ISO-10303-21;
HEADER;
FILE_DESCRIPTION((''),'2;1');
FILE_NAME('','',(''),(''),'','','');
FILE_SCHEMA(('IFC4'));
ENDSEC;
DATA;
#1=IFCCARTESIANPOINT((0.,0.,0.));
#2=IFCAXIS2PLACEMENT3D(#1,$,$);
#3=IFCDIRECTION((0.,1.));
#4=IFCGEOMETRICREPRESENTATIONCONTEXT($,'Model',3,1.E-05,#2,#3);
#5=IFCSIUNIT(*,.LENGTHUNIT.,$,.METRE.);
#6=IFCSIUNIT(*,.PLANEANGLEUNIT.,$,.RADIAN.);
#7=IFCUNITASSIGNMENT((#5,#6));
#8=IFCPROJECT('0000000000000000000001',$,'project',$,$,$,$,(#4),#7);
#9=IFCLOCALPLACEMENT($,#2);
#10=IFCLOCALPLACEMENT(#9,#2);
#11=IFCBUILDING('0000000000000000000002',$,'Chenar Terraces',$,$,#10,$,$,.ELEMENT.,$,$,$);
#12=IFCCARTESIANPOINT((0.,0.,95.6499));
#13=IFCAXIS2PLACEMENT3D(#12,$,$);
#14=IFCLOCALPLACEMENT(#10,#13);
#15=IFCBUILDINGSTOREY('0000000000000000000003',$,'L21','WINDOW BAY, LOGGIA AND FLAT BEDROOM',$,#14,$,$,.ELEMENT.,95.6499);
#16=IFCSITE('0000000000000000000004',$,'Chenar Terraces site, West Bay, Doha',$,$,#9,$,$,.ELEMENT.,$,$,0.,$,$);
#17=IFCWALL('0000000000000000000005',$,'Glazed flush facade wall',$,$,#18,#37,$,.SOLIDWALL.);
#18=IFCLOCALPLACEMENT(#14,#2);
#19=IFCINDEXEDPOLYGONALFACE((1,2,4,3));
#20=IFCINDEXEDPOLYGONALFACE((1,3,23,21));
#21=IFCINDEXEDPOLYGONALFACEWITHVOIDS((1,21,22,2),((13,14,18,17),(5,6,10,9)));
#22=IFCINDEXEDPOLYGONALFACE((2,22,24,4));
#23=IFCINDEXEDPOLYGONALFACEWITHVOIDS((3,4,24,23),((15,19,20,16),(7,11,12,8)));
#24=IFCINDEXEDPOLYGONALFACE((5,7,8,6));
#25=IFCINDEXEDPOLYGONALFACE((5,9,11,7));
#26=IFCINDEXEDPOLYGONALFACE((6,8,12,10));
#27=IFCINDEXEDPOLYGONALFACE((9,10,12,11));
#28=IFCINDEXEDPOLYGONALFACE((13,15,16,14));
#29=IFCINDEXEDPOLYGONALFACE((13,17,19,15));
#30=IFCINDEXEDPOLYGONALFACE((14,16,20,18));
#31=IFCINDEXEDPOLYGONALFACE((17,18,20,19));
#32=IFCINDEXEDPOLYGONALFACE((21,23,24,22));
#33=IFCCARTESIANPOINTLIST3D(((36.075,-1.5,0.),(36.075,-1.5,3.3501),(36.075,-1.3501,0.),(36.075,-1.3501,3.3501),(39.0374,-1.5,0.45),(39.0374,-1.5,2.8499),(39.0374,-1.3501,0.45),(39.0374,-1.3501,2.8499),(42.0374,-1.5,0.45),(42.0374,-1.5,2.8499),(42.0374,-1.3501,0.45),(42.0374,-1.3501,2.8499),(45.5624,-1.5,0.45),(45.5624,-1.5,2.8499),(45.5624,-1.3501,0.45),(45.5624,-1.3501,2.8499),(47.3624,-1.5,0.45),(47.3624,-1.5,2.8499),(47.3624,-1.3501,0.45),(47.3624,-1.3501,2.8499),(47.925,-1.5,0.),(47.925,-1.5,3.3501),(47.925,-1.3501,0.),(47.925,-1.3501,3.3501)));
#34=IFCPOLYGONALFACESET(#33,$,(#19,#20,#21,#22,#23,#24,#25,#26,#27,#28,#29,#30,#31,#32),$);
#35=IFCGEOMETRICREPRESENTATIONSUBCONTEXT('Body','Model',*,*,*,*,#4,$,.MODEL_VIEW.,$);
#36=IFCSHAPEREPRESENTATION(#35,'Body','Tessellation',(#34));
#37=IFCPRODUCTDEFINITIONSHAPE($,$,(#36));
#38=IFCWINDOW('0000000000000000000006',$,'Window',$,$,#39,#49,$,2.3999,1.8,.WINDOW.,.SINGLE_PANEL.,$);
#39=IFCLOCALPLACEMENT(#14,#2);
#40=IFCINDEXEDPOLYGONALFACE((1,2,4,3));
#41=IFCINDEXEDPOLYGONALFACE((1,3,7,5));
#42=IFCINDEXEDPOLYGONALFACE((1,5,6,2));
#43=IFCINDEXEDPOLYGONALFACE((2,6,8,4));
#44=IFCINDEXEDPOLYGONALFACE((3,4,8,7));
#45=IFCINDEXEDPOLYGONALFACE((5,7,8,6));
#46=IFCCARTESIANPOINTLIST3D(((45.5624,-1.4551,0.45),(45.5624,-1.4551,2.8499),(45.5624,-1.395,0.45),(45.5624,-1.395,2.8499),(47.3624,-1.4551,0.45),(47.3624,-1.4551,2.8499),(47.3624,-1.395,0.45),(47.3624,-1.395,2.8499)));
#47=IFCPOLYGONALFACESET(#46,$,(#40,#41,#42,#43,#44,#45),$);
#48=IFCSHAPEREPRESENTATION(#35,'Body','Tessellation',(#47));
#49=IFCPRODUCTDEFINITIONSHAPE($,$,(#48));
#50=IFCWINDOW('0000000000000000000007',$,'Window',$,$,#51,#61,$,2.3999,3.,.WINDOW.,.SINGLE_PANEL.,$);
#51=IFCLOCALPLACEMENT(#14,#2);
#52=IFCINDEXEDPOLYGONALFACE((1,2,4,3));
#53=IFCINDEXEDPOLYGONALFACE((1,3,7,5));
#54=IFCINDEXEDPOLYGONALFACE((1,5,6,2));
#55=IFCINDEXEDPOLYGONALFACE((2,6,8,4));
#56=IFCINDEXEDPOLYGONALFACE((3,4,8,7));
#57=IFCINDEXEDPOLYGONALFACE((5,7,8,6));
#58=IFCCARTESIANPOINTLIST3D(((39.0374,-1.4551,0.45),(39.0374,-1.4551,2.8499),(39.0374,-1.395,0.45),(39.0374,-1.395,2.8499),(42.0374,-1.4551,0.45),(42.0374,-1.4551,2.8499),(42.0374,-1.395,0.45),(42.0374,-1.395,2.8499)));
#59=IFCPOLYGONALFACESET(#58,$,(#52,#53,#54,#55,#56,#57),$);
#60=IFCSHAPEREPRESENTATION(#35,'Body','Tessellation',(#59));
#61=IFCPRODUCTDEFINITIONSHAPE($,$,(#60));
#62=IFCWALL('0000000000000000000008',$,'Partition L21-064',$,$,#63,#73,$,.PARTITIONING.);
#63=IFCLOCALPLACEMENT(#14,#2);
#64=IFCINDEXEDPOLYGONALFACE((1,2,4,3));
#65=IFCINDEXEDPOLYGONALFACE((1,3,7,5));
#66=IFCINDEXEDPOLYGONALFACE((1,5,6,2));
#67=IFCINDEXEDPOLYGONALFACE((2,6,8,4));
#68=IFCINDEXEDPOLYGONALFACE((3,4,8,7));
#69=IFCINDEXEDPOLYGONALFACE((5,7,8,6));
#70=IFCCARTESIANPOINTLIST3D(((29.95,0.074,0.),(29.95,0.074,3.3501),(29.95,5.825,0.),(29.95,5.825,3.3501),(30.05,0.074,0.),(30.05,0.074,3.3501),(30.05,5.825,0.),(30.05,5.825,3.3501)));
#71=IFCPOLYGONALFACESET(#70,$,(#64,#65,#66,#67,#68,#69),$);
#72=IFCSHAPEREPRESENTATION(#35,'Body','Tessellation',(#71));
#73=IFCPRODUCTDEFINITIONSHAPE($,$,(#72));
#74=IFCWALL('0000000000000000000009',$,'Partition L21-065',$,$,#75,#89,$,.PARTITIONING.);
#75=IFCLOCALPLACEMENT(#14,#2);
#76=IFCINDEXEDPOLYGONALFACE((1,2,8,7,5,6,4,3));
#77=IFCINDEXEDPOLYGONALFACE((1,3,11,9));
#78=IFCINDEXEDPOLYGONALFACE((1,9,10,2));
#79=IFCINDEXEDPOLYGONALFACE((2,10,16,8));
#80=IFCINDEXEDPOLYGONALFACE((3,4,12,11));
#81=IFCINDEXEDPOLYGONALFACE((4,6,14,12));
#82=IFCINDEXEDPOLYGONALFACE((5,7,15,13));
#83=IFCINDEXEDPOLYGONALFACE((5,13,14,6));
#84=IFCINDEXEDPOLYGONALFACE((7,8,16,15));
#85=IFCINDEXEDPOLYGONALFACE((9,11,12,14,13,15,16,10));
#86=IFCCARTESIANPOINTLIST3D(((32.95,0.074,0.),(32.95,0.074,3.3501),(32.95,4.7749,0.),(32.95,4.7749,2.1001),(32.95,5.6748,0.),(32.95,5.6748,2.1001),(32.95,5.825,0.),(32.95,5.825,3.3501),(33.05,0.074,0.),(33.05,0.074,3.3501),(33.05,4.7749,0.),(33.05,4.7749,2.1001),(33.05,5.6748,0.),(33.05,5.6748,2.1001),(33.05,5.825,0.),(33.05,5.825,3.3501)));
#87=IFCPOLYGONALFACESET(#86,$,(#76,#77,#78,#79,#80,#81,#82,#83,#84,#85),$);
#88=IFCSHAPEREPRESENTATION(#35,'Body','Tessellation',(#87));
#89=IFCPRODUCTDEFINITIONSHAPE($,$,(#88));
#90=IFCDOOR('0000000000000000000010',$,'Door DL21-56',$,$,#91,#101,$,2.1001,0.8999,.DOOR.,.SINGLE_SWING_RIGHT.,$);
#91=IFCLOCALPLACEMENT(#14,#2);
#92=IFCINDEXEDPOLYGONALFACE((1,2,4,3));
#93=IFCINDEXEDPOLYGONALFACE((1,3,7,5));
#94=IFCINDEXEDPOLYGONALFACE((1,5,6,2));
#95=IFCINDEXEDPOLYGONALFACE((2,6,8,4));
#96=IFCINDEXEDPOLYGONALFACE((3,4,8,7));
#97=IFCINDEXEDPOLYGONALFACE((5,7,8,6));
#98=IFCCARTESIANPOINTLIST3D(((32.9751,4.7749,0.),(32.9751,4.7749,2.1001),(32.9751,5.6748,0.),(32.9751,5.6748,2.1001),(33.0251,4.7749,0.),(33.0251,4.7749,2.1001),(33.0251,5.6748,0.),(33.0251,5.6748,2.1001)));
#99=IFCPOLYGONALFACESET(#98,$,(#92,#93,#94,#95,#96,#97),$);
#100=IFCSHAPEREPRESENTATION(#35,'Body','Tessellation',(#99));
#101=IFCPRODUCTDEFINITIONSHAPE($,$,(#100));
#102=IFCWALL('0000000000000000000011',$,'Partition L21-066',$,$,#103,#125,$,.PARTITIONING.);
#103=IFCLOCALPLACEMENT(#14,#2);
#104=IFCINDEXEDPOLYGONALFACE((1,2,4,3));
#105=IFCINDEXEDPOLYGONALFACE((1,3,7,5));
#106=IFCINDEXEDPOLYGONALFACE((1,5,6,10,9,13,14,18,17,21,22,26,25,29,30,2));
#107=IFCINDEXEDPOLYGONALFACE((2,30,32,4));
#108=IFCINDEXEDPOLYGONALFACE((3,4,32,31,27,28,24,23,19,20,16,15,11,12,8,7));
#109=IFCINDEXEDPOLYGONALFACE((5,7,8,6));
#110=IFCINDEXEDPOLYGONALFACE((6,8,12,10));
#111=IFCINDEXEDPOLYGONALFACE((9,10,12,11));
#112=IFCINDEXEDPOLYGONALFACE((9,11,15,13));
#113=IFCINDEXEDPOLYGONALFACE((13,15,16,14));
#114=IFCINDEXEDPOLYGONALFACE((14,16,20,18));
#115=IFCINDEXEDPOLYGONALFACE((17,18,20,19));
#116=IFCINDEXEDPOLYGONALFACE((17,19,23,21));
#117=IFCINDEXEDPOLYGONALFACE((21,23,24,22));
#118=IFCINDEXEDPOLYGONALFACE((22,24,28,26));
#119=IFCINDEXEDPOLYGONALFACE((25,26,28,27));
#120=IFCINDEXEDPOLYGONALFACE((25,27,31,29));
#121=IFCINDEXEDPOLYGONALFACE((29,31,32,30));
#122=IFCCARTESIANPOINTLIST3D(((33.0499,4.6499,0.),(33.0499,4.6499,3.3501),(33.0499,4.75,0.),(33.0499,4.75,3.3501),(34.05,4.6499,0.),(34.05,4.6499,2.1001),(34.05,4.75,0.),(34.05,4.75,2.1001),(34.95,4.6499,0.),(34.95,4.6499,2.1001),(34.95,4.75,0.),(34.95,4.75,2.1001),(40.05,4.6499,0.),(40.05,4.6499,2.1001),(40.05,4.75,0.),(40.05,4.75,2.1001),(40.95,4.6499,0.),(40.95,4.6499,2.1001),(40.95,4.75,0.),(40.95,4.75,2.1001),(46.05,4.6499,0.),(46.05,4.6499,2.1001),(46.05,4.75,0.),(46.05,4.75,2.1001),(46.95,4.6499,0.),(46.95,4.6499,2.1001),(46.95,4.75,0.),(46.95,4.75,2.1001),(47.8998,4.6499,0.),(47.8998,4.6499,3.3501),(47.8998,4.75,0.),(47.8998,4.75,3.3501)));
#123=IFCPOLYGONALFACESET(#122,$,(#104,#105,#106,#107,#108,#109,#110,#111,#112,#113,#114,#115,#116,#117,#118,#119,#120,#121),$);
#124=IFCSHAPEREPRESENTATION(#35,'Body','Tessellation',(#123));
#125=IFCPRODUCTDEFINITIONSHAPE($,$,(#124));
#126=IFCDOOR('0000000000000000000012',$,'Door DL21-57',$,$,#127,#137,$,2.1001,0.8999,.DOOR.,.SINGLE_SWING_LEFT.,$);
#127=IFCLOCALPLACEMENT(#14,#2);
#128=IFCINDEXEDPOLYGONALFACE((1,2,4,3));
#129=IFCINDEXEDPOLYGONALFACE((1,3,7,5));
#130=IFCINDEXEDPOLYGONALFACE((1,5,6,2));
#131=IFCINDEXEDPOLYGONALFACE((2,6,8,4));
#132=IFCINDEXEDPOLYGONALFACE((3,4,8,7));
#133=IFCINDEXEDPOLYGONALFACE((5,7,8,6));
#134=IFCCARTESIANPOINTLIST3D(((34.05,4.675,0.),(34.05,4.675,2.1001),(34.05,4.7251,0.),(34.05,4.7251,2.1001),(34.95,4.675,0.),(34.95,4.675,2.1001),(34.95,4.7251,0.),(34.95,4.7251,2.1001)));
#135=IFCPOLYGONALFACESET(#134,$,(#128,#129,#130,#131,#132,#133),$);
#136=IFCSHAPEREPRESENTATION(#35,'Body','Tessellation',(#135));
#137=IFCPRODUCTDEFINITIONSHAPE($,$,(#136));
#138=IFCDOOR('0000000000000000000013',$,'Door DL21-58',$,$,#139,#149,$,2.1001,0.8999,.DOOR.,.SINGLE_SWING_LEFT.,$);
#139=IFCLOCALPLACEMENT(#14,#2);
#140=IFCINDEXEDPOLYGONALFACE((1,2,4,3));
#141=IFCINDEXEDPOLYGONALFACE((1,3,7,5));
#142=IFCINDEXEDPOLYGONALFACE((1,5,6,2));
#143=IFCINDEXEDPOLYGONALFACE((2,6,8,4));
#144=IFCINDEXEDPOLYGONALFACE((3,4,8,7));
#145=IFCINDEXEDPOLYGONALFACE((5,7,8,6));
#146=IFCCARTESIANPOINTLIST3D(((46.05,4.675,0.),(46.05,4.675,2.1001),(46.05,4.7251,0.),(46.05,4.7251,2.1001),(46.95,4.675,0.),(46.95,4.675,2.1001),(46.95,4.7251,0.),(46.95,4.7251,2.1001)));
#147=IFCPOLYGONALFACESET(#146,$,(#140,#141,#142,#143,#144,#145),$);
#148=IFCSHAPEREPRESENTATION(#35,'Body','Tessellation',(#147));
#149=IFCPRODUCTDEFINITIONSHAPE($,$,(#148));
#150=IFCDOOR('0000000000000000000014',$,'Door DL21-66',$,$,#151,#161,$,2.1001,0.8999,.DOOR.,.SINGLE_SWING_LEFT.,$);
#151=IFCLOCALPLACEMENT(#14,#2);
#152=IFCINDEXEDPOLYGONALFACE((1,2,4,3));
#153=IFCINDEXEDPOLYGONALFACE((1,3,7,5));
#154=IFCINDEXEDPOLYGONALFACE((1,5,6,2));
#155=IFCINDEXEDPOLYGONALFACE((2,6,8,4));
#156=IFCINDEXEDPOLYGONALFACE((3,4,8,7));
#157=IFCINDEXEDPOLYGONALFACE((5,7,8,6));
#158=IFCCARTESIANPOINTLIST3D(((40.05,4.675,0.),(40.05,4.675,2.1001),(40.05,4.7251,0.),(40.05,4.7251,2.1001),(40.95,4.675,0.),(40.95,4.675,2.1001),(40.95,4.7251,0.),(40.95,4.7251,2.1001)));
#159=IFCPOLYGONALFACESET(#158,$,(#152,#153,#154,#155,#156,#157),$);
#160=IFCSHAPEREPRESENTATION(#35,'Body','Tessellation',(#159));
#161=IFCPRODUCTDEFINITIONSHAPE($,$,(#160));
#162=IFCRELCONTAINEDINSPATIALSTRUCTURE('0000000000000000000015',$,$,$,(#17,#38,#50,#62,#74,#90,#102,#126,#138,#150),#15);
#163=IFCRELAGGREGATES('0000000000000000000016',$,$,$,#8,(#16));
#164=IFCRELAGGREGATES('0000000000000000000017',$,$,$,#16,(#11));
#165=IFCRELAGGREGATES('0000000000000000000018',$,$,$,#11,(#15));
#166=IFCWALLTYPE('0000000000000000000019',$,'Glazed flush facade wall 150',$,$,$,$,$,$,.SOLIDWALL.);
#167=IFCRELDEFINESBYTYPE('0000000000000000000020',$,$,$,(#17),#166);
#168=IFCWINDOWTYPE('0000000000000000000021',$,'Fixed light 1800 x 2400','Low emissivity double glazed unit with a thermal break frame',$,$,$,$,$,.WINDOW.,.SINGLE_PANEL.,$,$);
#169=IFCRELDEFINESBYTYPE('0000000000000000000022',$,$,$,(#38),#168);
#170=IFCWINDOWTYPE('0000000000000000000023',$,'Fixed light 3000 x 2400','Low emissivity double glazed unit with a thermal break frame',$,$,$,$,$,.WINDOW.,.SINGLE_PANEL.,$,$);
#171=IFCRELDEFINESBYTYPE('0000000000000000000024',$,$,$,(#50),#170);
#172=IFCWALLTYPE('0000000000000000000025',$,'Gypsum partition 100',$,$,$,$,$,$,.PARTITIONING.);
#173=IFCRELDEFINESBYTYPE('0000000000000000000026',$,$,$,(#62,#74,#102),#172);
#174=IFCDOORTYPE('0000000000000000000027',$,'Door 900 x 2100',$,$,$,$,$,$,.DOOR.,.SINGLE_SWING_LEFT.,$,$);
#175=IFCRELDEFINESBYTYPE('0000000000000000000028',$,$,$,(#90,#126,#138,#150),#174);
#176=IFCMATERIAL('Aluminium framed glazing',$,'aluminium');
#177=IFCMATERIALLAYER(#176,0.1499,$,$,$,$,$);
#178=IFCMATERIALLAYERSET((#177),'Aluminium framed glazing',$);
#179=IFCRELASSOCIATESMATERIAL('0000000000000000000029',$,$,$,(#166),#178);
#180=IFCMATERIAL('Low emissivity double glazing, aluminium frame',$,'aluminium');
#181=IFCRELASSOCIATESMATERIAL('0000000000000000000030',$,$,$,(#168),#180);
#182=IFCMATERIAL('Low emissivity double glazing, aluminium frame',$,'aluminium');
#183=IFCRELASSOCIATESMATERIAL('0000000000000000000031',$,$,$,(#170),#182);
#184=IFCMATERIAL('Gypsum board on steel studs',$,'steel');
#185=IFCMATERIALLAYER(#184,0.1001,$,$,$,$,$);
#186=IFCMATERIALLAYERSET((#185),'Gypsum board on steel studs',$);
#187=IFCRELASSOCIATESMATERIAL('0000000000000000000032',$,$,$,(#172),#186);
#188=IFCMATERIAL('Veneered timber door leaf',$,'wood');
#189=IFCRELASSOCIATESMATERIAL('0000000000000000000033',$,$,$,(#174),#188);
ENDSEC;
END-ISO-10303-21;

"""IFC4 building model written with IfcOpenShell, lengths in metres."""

from ifc_helpers import new_model, si_unit, direction, frame, frame_2d, origin, place, context, subcontext, project, spatial, rectangle, extrude, material, layer, layer_set, type_object, element, fill, save


model = new_model("IFC4")

# Units and contexts
model_context = context("Model", 3, precision=1e-05, world=origin(), true_north=direction((0.0, 1.0)))
body_context = subcontext(model_context, "Body", "Model", "MODEL_VIEW")
ifc_project = project(units=[si_unit("LENGTHUNIT", "METRE"), si_unit("PLANEANGLEUNIT", "RADIAN")], contexts=[model_context])

# Site, building, storey
site_placement = place(None, origin())
site = spatial("IfcSite", under=ifc_project, at=site_placement, Name="Chenar Terraces site, West Bay, Doha", CompositionType="ELEMENT", RefElevation=0.0)
building_placement = place(site_placement, origin())
building = spatial("IfcBuilding", under=site, at=building_placement, Name="Chenar Terraces", CompositionType="ELEMENT")
storey_placement = place(building_placement, frame((0.0, 0.0, 95.6499)))
storey = spatial("IfcBuildingStorey", under=building, at=storey_placement, Name="L21", Description="WINDOW BAY, LOGGIA AND FLAT BEDROOM", CompositionType="ELEMENT", Elevation=95.6499)

# Wall, openings, windows
ifc_material_1 = material(Name="Aluminium framed glazing", Category="aluminium")
ifc_layer_1 = layer(ifc_material_1, 0.1499)
ifc_layer_set_1 = layer_set([ifc_layer_1], Name="Aluminium framed glazing")
wall_type_1 = type_object("IfcWallType", Name="Glazed flush facade wall 150", PredefinedType="SOLIDWALL", material=ifc_layer_set_1)
wall_1_placement = place(storey_placement, frame((36.075, -1.425, 0.0), z_axis=(0.0, 0.0, 1.0), x_axis=(1.0, 0.0, 0.0)))
wall_1 = element("IfcWall", 1, at=wall_1_placement, inside=storey, type_object=wall_type_1, Name="Glazed flush facade wall", PredefinedType="SOLIDWALL", context=body_context, shape_type="SweptSolid", body=[
    extrude(rectangle(XDim=11.8501, YDim=0.1499, at=frame_2d((5.925, 0.0))), origin(), (0.0, 0.0, 1.0), 3.3501),
])
opening_1_placement = place(wall_1_placement, frame((2.9624, 0.0, 0.45)))
opening_1 = element("IfcOpeningElement", 2, at=opening_1_placement, cuts=wall_1, PredefinedType="OPENING", context=body_context, shape_type="SweptSolid", body=[
    extrude(rectangle(XDim=3.0, YDim=2.3999, at=frame_2d((1.5, 1.2))), frame((0.0, 0.085, 0.0), z_axis=(0.0, -1.0, 0.0), x_axis=(1.0, 0.0, 0.0)), (0.0, 0.0, 1.0), 0.1699),
])
opening_2_placement = place(wall_1_placement, frame((9.4875, 0.0, 0.45)))
opening_2 = element("IfcOpeningElement", 3, at=opening_2_placement, cuts=wall_1, PredefinedType="OPENING", context=body_context, shape_type="SweptSolid", body=[
    extrude(rectangle(XDim=1.8, YDim=2.3999, at=frame_2d((0.8999, 1.2))), frame((0.0, 0.085, 0.0), z_axis=(0.0, -1.0, 0.0), x_axis=(1.0, 0.0, 0.0)), (0.0, 0.0, 1.0), 0.1699),
])
ifc_material_2 = material(Name="Low emissivity double glazing, aluminium frame", Category="aluminium")
window_type_1 = type_object("IfcWindowType", Name="Fixed light 1800 x 2400", Description="Low emissivity double glazed unit with a thermal break frame", PartitioningType="SINGLE_PANEL", PredefinedType="WINDOW", material=ifc_material_2)
window_1_placement = place(opening_2_placement, origin())
window_1 = element("IfcWindow", 4, at=window_1_placement, inside=storey, type_object=window_type_1, Name="Window", OverallHeight=2.3999, OverallWidth=1.8, PartitioningType="SINGLE_PANEL", PredefinedType="WINDOW", context=body_context, shape_type="SweptSolid", body=[
    extrude(rectangle(XDim=1.8, YDim=2.3999, at=frame_2d((0.8999, 1.2))), frame((0.0, 0.03, 0.0), z_axis=(0.0, -1.0, 0.0), x_axis=(1.0, 0.0, 0.0)), (0.0, 0.0, 1.0), 0.0601),
])
fill(opening_2, window_1)
ifc_material_3 = material(Name="Low emissivity double glazing, aluminium frame", Category="aluminium")
window_type_2 = type_object("IfcWindowType", Name="Fixed light 3000 x 2400", Description="Low emissivity double glazed unit with a thermal break frame", PartitioningType="SINGLE_PANEL", PredefinedType="WINDOW", material=ifc_material_3)
window_2_placement = place(opening_1_placement, origin())
window_2 = element("IfcWindow", 5, at=window_2_placement, inside=storey, type_object=window_type_2, Name="Window", OverallHeight=2.3999, OverallWidth=3.0, PartitioningType="SINGLE_PANEL", PredefinedType="WINDOW", context=body_context, shape_type="SweptSolid", body=[
    extrude(rectangle(XDim=3.0, YDim=2.3999, at=frame_2d((1.5, 1.2))), frame((0.0, 0.03, 0.0), z_axis=(0.0, -1.0, 0.0), x_axis=(1.0, 0.0, 0.0)), (0.0, 0.0, 1.0), 0.0601),
])
fill(opening_1, window_2)

# Wall
ifc_material_4 = material(Name="Gypsum board on steel studs", Category="steel")
ifc_layer_2 = layer(ifc_material_4, 0.1001)
ifc_layer_set_2 = layer_set([ifc_layer_2], Name="Gypsum board on steel studs")
wall_type_2 = type_object("IfcWallType", Name="Gypsum partition 100", PredefinedType="PARTITIONING", material=ifc_layer_set_2)
wall_2_placement = place(storey_placement, frame((30.0, 0.074, 0.0), z_axis=(0.0, 0.0, 1.0), x_axis=(0.0, 1.0, 0.0)))
element("IfcWall", 6, at=wall_2_placement, inside=storey, type_object=wall_type_2, Name="Partition L21-064", PredefinedType="PARTITIONING", context=body_context, shape_type="SweptSolid", body=[
    extrude(rectangle(XDim=5.751, YDim=0.1001, at=frame_2d((2.8755, 0.0))), origin(), (0.0, 0.0, 1.0), 3.3501),
])

# Wall, opening, door
wall_3_placement = place(storey_placement, frame((33.0, 0.074, 0.0), z_axis=(0.0, 0.0, 1.0), x_axis=(0.0, 1.0, 0.0)))
wall_3 = element("IfcWall", 7, at=wall_3_placement, inside=storey, type_object=wall_type_2, Name="Partition L21-065", PredefinedType="PARTITIONING", context=body_context, shape_type="SweptSolid", body=[
    extrude(rectangle(XDim=5.751, YDim=0.1001, at=frame_2d((2.8755, 0.0))), origin(), (0.0, 0.0, 1.0), 3.3501),
])
opening_3_placement = place(wall_3_placement, frame((4.7009, 0.0, 0.0)))
opening_3 = element("IfcOpeningElement", 8, at=opening_3_placement, cuts=wall_3, PredefinedType="OPENING", context=body_context, shape_type="SweptSolid", body=[
    extrude(rectangle(XDim=0.8999, YDim=2.1001, at=frame_2d((0.45, 1.05))), frame((0.0, 0.0601, 0.0), z_axis=(0.0, -1.0, 0.0), x_axis=(1.0, 0.0, 0.0)), (0.0, 0.0, 1.0), 0.1201),
])
ifc_material_5 = material(Name="Veneered timber door leaf", Category="wood")
door_type_1 = type_object("IfcDoorType", Name="Door 900 x 2100", OperationType="SINGLE_SWING_LEFT", PredefinedType="DOOR", material=ifc_material_5)
door_1_placement = place(opening_3_placement, origin())
door_1 = element("IfcDoor", 9, at=door_1_placement, inside=storey, type_object=door_type_1, Name="Door DL21-56", OperationType="SINGLE_SWING_RIGHT", OverallHeight=2.1001, OverallWidth=0.8999, PredefinedType="DOOR", context=body_context, shape_type="SweptSolid", body=[
    extrude(rectangle(XDim=0.8999, YDim=2.1001, at=frame_2d((0.45, 1.05))), frame((0.0, 0.0249, 0.0), z_axis=(0.0, -1.0, 0.0), x_axis=(1.0, 0.0, 0.0)), (0.0, 0.0, 1.0), 0.05),
])
fill(opening_3, door_1)

# Wall, openings, doors
wall_4_placement = place(storey_placement, frame((33.05, 4.7, 0.0), z_axis=(0.0, 0.0, 1.0), x_axis=(1.0, 0.0, 0.0)))
wall_4 = element("IfcWall", 10, at=wall_4_placement, inside=storey, type_object=wall_type_2, Name="Partition L21-066", PredefinedType="PARTITIONING", context=body_context, shape_type="SweptSolid", body=[
    extrude(rectangle(XDim=14.8499, YDim=0.1001, at=frame_2d((7.4248, 0.0))), origin(), (0.0, 0.0, 1.0), 3.3501),
])
opening_4_placement = place(wall_4_placement, frame((1.0, 0.0, 0.0)))
opening_4 = element("IfcOpeningElement", 11, at=opening_4_placement, cuts=wall_4, PredefinedType="OPENING", context=body_context, shape_type="SweptSolid", body=[
    extrude(rectangle(XDim=0.8999, YDim=2.1001, at=frame_2d((0.45, 1.05))), frame((0.0, 0.0601, 0.0), z_axis=(0.0, -1.0, 0.0), x_axis=(1.0, 0.0, 0.0)), (0.0, 0.0, 1.0), 0.1201),
])
opening_5_placement = place(wall_4_placement, frame((13.0, 0.0, 0.0)))
opening_5 = element("IfcOpeningElement", 12, at=opening_5_placement, cuts=wall_4, PredefinedType="OPENING", context=body_context, shape_type="SweptSolid", body=[
    extrude(rectangle(XDim=0.8999, YDim=2.1001, at=frame_2d((0.45, 1.05))), frame((0.0, 0.0601, 0.0), z_axis=(0.0, -1.0, 0.0), x_axis=(1.0, 0.0, 0.0)), (0.0, 0.0, 1.0), 0.1201),
])
opening_6_placement = place(wall_4_placement, frame((7.0, 0.0, 0.0)))
opening_6 = element("IfcOpeningElement", 13, at=opening_6_placement, cuts=wall_4, PredefinedType="OPENING", context=body_context, shape_type="SweptSolid", body=[
    extrude(rectangle(XDim=0.8999, YDim=2.1001, at=frame_2d((0.45, 1.05))), frame((0.0, 0.0601, 0.0), z_axis=(0.0, -1.0, 0.0), x_axis=(1.0, 0.0, 0.0)), (0.0, 0.0, 1.0), 0.1201),
])
door_2_placement = place(opening_4_placement, frame((0.8999, 0.0, 0.0), z_axis=(0.0, 0.0, 1.0), x_axis=(-1.0, 0.0, 0.0)))
door_2 = element("IfcDoor", 14, at=door_2_placement, inside=storey, type_object=door_type_1, Name="Door DL21-57", OperationType="SINGLE_SWING_LEFT", OverallHeight=2.1001, OverallWidth=0.8999, PredefinedType="DOOR", context=body_context, shape_type="SweptSolid", body=[
    extrude(rectangle(XDim=0.8999, YDim=2.1001, at=frame_2d((0.45, 1.05))), frame((0.0, 0.0249, 0.0), z_axis=(0.0, -1.0, 0.0), x_axis=(1.0, 0.0, 0.0)), (0.0, 0.0, 1.0), 0.05),
])
fill(opening_4, door_2)
door_3_placement = place(opening_5_placement, frame((0.8999, 0.0, 0.0), z_axis=(0.0, 0.0, 1.0), x_axis=(-1.0, 0.0, 0.0)))
door_3 = element("IfcDoor", 15, at=door_3_placement, inside=storey, type_object=door_type_1, Name="Door DL21-58", OperationType="SINGLE_SWING_LEFT", OverallHeight=2.1001, OverallWidth=0.8999, PredefinedType="DOOR", context=body_context, shape_type="SweptSolid", body=[
    extrude(rectangle(XDim=0.8999, YDim=2.1001, at=frame_2d((0.45, 1.05))), frame((0.0, 0.0249, 0.0), z_axis=(0.0, -1.0, 0.0), x_axis=(1.0, 0.0, 0.0)), (0.0, 0.0, 1.0), 0.05),
])
fill(opening_5, door_3)
door_4_placement = place(opening_6_placement, frame((0.8999, 0.0, 0.0), z_axis=(0.0, 0.0, 1.0), x_axis=(-1.0, 0.0, 0.0)))
door_4 = element("IfcDoor", 16, at=door_4_placement, inside=storey, type_object=door_type_1, Name="Door DL21-66", OperationType="SINGLE_SWING_LEFT", OverallHeight=2.1001, OverallWidth=0.8999, PredefinedType="DOOR", context=body_context, shape_type="SweptSolid", body=[
    extrude(rectangle(XDim=0.8999, YDim=2.1001, at=frame_2d((0.45, 1.05))), frame((0.0, 0.0249, 0.0), z_axis=(0.0, -1.0, 0.0), x_axis=(1.0, 0.0, 0.0)), (0.0, 0.0, 1.0), 0.05),
])
fill(opening_6, door_4)

save(model, "model.ifc")
